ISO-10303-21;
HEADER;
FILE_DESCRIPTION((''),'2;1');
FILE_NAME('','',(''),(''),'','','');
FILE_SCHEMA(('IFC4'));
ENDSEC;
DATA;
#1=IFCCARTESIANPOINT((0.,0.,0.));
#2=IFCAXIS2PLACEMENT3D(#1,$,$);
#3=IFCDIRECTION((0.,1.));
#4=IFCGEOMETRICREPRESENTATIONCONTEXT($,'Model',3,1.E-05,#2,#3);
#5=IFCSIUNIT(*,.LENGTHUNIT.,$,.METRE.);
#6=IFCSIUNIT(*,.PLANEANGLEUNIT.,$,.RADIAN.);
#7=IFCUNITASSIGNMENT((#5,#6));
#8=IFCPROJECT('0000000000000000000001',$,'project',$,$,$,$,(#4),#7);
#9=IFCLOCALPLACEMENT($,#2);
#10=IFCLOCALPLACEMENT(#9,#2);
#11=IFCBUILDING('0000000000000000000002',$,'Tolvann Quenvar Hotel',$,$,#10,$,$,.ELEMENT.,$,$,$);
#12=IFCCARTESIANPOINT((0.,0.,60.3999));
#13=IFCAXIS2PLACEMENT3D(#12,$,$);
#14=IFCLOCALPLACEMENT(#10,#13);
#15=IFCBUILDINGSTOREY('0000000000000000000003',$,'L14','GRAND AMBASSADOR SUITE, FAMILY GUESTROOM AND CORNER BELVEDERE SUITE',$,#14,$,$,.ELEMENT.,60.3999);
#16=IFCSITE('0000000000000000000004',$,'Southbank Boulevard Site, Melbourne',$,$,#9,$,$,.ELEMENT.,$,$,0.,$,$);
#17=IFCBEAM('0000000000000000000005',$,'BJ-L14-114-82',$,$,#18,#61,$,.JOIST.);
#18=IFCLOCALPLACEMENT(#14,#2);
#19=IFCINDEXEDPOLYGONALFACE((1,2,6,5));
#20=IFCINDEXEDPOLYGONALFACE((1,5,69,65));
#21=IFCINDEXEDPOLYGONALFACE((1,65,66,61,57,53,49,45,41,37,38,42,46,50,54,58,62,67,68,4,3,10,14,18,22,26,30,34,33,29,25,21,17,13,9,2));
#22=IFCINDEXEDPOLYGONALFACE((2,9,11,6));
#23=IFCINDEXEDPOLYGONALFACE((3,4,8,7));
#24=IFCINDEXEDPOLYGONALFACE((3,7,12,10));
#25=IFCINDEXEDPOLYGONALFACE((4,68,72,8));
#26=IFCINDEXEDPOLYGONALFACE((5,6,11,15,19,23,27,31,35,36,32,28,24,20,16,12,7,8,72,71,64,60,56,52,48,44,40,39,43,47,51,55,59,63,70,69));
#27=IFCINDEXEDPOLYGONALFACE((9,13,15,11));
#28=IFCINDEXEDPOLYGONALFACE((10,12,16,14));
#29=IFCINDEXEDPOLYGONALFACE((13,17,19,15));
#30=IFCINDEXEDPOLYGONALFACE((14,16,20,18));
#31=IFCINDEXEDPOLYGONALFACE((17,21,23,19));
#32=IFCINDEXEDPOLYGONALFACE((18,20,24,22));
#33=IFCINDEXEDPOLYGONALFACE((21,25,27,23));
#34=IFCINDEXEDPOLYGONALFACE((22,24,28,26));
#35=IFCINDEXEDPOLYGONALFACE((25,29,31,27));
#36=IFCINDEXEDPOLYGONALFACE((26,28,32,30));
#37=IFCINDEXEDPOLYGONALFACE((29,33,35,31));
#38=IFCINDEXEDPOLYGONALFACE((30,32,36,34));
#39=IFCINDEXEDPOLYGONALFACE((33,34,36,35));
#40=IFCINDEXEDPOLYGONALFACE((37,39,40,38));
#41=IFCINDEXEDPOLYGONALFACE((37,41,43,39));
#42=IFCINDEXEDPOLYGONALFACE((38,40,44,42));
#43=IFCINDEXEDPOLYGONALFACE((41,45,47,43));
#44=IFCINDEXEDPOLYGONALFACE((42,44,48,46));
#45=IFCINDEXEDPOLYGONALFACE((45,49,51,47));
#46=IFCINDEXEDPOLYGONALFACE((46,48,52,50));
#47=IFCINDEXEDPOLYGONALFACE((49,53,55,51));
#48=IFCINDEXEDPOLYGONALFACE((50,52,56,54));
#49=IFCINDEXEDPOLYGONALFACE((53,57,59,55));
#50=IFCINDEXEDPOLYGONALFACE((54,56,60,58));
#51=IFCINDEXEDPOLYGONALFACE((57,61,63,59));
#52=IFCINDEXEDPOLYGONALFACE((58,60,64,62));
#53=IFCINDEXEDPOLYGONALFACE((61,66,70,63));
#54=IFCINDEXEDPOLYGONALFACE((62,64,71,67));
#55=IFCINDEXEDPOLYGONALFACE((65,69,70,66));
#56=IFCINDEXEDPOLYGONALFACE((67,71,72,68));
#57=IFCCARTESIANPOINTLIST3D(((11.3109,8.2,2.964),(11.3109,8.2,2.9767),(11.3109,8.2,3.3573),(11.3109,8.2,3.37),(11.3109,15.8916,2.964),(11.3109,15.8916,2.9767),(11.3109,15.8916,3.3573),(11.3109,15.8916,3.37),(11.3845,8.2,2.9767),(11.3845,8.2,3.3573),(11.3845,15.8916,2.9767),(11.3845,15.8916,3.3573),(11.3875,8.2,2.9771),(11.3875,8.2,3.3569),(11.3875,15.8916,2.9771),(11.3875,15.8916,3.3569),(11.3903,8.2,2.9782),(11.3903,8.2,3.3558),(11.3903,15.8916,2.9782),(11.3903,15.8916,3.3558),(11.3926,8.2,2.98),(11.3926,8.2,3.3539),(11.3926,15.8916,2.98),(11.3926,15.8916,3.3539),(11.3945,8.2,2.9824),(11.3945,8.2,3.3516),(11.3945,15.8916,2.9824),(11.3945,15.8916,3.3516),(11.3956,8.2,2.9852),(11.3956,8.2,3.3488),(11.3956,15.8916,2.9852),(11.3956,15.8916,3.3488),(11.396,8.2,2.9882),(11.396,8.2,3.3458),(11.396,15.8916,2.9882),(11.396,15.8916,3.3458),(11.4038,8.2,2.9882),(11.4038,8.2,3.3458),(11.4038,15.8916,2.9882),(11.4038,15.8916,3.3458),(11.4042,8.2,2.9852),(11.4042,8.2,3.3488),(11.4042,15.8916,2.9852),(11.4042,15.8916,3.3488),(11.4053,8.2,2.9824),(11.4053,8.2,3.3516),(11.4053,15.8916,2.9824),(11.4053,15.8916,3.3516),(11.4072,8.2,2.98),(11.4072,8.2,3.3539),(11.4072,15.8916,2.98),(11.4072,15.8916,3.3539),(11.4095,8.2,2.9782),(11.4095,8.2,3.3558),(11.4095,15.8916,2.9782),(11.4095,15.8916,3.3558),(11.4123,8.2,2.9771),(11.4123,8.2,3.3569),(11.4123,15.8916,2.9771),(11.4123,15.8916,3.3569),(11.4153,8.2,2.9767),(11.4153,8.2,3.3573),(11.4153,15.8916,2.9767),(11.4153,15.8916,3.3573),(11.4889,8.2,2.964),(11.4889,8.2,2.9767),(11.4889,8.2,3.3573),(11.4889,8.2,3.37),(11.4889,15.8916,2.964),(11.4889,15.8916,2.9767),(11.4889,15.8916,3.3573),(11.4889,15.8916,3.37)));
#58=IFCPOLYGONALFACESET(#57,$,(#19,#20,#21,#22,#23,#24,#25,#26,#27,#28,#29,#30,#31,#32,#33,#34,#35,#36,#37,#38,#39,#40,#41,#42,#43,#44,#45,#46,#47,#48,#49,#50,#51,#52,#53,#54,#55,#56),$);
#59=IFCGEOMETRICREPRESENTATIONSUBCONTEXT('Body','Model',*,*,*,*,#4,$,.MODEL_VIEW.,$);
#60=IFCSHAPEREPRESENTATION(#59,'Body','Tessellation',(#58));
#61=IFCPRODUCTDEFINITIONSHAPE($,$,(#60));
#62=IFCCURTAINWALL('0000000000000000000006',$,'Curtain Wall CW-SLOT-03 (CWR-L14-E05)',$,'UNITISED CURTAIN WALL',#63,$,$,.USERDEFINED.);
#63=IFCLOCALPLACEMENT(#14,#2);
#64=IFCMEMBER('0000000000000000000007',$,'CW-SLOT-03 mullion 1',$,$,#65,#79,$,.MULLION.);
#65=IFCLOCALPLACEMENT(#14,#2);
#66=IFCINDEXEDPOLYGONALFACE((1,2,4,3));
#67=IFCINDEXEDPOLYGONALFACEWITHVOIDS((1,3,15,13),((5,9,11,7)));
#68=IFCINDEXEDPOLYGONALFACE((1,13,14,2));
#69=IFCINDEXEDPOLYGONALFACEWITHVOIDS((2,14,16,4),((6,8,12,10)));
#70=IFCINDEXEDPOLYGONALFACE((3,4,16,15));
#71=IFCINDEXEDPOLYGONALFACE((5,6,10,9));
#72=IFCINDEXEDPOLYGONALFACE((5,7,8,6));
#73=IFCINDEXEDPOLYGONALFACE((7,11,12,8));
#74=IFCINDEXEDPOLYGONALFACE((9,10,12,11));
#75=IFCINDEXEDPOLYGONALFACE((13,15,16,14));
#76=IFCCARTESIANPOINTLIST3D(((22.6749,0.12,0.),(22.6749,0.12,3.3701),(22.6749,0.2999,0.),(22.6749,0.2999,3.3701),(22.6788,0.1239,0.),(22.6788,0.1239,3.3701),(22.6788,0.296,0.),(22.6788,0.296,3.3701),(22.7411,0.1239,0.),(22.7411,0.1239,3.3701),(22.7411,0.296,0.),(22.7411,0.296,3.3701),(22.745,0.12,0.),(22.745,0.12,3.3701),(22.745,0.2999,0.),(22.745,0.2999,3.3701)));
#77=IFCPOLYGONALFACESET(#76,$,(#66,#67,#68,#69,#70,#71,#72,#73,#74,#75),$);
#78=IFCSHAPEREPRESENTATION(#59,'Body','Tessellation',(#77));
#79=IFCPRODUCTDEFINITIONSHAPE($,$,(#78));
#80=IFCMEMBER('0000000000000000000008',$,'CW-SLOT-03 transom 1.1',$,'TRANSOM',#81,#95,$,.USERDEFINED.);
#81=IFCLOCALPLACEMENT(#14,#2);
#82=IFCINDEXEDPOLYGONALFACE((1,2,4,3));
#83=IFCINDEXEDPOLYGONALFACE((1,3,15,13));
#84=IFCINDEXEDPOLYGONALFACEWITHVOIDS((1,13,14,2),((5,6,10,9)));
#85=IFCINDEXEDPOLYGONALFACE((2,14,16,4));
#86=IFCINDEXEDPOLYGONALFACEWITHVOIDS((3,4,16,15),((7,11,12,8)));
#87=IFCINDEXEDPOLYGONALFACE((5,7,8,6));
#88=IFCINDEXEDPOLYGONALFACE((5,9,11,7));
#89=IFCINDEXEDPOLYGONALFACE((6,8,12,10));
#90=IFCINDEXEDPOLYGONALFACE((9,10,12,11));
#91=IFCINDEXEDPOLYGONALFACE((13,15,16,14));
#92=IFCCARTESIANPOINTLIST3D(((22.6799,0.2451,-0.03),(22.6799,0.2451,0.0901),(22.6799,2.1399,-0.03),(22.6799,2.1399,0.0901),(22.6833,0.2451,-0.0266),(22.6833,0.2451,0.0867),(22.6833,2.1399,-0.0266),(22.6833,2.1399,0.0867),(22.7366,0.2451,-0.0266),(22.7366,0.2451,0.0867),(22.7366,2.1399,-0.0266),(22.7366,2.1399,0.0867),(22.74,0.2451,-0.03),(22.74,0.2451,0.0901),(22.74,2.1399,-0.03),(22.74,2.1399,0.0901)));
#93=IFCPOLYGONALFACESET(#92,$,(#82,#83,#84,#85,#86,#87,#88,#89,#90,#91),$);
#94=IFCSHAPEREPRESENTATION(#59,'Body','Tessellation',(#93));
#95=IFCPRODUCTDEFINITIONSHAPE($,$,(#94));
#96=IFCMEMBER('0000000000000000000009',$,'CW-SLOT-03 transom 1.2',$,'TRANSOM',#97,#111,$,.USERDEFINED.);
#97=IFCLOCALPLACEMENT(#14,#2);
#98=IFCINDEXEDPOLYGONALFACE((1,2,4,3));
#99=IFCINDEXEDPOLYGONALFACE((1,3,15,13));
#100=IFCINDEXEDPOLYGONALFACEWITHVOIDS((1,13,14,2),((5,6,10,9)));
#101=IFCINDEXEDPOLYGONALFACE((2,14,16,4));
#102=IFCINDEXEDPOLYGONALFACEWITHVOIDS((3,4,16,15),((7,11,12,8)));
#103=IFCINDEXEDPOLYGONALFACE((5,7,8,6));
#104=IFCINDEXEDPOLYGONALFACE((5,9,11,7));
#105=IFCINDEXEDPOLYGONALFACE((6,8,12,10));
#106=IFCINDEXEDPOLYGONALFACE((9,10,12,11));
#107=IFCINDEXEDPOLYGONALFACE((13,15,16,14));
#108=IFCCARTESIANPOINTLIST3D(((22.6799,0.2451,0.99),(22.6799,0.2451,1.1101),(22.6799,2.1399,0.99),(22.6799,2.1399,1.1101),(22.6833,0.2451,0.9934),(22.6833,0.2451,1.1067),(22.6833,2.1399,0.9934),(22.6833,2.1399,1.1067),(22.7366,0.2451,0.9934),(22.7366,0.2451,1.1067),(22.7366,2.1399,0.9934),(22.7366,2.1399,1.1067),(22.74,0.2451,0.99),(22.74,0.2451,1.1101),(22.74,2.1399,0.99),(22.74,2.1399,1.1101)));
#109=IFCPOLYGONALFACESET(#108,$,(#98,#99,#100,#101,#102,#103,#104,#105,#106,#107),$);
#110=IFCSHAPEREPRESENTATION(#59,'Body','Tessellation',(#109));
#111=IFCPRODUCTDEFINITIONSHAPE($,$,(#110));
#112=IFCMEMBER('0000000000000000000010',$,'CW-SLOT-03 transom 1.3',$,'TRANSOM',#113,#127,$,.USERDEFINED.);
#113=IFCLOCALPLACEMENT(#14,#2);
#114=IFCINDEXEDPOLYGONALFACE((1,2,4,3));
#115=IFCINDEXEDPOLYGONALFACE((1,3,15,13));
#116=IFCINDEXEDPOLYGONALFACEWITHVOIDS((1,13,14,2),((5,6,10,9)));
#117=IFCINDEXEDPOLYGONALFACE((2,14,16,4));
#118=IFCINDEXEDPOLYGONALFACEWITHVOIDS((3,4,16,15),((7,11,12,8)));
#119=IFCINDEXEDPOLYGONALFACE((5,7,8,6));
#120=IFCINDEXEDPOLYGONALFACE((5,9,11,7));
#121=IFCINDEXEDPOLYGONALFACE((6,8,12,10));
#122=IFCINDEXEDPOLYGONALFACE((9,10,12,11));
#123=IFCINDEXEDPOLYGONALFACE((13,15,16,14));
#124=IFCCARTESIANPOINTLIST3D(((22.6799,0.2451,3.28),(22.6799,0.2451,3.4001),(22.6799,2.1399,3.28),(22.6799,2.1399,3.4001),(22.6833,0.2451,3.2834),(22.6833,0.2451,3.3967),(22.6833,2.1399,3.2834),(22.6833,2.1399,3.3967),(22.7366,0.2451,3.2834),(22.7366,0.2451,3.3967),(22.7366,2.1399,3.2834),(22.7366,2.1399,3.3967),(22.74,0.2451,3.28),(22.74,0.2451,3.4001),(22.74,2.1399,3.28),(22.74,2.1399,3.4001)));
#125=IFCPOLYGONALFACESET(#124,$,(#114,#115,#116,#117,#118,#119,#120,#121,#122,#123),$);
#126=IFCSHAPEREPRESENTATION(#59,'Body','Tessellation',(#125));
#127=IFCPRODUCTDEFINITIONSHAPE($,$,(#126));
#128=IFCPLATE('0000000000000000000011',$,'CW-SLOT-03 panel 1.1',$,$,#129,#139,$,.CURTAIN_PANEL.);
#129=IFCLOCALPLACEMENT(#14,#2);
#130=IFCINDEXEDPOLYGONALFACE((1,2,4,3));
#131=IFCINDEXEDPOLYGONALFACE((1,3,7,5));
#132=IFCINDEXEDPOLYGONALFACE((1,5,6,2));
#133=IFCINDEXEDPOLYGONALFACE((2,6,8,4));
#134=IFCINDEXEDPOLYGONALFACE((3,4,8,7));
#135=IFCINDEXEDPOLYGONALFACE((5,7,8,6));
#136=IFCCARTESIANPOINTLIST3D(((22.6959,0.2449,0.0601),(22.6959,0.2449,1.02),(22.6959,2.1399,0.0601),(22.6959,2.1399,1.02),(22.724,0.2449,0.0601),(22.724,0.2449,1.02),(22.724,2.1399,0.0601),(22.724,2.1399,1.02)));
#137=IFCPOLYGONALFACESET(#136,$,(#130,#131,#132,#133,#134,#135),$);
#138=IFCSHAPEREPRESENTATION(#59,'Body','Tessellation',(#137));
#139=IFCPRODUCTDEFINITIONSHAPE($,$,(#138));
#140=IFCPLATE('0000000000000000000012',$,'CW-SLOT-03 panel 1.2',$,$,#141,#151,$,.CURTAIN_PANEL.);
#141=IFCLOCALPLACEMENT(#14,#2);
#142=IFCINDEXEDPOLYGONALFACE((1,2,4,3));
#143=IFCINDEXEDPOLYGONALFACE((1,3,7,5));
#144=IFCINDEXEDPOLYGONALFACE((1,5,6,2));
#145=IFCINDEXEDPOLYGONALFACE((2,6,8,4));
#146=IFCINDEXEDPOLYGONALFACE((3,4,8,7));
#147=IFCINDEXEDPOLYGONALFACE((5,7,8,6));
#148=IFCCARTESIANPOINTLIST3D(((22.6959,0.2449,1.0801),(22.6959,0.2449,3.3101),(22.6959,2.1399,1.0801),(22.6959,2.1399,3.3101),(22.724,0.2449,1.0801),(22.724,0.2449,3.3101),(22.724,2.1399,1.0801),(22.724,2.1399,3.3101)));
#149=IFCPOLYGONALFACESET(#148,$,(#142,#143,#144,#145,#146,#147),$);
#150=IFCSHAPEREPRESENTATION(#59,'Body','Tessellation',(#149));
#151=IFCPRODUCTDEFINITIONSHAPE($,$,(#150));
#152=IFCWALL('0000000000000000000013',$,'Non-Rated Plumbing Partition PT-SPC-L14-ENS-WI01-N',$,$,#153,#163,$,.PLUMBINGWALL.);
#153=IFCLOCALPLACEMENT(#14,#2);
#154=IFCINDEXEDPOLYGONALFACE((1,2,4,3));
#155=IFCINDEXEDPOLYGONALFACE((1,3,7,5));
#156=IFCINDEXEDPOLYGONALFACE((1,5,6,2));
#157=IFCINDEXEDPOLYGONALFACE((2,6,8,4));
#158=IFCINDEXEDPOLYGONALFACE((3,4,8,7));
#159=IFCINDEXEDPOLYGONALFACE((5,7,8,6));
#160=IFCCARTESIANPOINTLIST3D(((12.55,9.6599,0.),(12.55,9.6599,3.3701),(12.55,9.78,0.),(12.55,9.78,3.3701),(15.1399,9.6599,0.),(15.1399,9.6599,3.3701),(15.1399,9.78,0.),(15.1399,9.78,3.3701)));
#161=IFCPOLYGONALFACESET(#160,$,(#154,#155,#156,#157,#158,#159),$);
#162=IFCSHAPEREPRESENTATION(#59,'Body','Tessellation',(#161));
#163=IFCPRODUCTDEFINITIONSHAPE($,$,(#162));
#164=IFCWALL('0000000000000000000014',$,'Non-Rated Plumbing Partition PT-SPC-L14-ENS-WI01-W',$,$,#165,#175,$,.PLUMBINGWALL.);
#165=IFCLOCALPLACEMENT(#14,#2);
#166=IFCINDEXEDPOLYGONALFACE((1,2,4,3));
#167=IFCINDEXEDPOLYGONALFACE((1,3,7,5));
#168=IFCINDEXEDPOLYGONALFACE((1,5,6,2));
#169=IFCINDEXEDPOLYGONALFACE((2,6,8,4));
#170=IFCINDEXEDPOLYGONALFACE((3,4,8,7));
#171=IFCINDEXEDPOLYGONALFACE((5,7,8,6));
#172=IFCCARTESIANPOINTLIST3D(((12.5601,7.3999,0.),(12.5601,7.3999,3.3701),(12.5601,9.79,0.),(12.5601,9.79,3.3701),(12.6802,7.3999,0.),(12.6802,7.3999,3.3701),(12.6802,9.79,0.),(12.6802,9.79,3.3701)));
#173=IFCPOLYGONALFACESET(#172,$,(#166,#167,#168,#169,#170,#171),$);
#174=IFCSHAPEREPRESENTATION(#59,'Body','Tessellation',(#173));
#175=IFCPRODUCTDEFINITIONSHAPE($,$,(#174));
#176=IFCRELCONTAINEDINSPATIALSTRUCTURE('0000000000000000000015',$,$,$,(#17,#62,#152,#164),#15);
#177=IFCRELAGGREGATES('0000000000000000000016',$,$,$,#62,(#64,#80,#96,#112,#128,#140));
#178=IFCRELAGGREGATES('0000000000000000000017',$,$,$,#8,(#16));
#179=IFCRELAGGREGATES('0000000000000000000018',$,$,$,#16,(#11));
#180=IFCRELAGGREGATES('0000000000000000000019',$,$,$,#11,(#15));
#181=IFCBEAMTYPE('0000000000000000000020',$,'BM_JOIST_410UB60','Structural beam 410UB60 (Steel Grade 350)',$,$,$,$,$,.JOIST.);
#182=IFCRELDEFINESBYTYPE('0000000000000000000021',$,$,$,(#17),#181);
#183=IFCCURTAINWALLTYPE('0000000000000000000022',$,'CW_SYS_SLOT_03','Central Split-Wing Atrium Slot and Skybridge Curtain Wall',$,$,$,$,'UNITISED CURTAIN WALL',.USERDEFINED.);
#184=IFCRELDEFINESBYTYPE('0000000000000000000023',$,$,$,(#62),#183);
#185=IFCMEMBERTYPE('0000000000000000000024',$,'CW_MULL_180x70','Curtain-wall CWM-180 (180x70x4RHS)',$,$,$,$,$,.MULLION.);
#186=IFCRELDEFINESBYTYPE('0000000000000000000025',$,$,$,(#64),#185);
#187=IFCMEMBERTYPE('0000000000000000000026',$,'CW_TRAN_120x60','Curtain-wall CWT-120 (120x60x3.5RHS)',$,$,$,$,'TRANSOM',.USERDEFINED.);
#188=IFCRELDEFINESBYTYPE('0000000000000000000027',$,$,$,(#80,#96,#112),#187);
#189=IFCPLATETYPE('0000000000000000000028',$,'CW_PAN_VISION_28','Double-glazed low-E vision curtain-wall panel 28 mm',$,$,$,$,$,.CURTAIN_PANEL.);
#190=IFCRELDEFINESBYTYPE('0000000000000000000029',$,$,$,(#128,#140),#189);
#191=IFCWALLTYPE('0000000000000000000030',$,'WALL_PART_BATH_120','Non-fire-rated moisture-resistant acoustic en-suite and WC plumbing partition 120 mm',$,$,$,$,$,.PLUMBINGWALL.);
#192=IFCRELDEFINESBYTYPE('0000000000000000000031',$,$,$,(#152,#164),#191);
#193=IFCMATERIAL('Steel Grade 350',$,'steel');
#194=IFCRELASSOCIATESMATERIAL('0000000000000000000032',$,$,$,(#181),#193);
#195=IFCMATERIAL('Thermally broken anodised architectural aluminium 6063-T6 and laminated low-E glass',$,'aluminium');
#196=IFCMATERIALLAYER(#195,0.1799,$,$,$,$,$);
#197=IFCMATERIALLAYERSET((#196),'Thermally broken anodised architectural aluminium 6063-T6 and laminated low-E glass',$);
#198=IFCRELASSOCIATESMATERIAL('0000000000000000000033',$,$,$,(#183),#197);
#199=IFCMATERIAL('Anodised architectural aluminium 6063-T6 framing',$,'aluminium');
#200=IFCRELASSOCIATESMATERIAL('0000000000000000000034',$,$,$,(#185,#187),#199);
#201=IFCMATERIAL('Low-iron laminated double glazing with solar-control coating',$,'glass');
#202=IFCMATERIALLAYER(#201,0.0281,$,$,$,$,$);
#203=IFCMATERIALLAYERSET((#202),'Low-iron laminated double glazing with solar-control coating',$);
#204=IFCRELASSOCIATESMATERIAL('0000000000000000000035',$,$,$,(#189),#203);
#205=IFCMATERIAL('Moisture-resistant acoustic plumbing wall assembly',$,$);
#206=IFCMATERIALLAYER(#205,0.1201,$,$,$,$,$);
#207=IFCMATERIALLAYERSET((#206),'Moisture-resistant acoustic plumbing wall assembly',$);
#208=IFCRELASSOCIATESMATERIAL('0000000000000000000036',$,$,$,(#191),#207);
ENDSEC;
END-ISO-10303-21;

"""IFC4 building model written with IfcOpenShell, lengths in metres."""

from ifc_helpers import new_model, si_unit, direction, frame, frame_2d, origin, origin_2d, place, context, subcontext, project, spatial, rectangle, hollow_rectangle, i_section, extrude, source, transform, mapped, material, layer, layer_set, material_profile, profile_set, type_object, type_shapes, element, aggregate, save


model = new_model("IFC4")

# Units and contexts
model_context = context("Model", 3, precision=1e-05, world=origin(), true_north=direction((0.0, 1.0)))
body_context = subcontext(model_context, "Body", "Model", "MODEL_VIEW")
ifc_project = project(units=[si_unit("LENGTHUNIT", "METRE"), si_unit("PLANEANGLEUNIT", "RADIAN")], contexts=[model_context])

# Site, building, storey
site_placement = place(None, origin())
site = spatial("IfcSite", under=ifc_project, at=site_placement, Name="Southbank Boulevard Site, Melbourne", CompositionType="ELEMENT", RefElevation=0.0)
building_placement = place(site_placement, origin())
building = spatial("IfcBuilding", under=site, at=building_placement, Name="Tolvann Quenvar Hotel", CompositionType="ELEMENT")
storey_placement = place(building_placement, frame((0.0, 0.0, 60.3999)))
storey = spatial("IfcBuildingStorey", under=building, at=storey_placement, Name="L14", Description="GRAND AMBASSADOR SUITE, FAMILY GUESTROOM AND CORNER BELVEDERE SUITE", CompositionType="ELEMENT", Elevation=60.3999)

# Shared definitions
ifc_material_1 = material(Name="Steel Grade 350", Category="steel")

# Beam
ifc_material_profile_1 = material_profile(ifc_material_1, i_section(OverallWidth=0.178, OverallDepth=0.406, WebThickness=0.0078, FlangeThickness=0.0127, FilletRadius=0.0115, at=origin_2d()), Name="410UB60")
ifc_profile_set_1 = profile_set([ifc_material_profile_1], Name="Steel Grade 350")
beam_type_1 = type_object("IfcBeamType", Name="BM_JOIST_410UB60", Description="Structural beam 410UB60 (Steel Grade 350)", PredefinedType="JOIST", material=ifc_profile_set_1)
shared_shape_1 = source(origin(), body_context, "Body", "SweptSolid", [
    extrude(i_section(OverallWidth=0.178, OverallDepth=0.406, WebThickness=0.0078, FlangeThickness=0.0127, FilletRadius=0.0115, at=origin_2d()), origin(), (0.0, 0.0, 1.0), 7.6917),
])
type_shapes(beam_type_1, [shared_shape_1])
beam_1_placement = place(storey_placement, frame((11.3999, 8.2, 3.167), z_axis=(0.0, 1.0, 0.0), x_axis=(-1.0, 0.0, 0.0)))
element("IfcBeam", 1, at=beam_1_placement, inside=storey, type_object=beam_type_1, Name="BJ-L14-114-82", PredefinedType="JOIST", context=body_context, shape_type="MappedRepresentation", body=[
    mapped(shared_shape_1, transform((0.0, 0.0, 0.0), x_axis=(1.0, 0.0, 0.0), y_axis=(0.0, 1.0, 0.0), z_axis=(0.0, 0.0, 1.0), scale=1.0)),
])

# Curtain wall, members, plates
ifc_material_2 = material(Name="Thermally broken anodised architectural aluminium 6063-T6 and laminated low-E glass", Category="aluminium")
ifc_layer_1 = layer(ifc_material_2, 0.1799)
ifc_layer_set_1 = layer_set([ifc_layer_1], Name="Thermally broken anodised architectural aluminium 6063-T6 and laminated low-E glass")
curtain_wall_type = type_object("IfcCurtainWallType", Name="CW_SYS_SLOT_03", Description="Central Split-Wing Atrium Slot and Skybridge Curtain Wall", ElementType="UNITISED CURTAIN WALL", PredefinedType="USERDEFINED", material=ifc_layer_set_1)
curtain_wall_placement = place(storey_placement, origin())
curtain_wall = element("IfcCurtainWall", 2, at=curtain_wall_placement, inside=storey, type_object=curtain_wall_type, Name="Curtain Wall CW-SLOT-03 (CWR-L14-E05)", ObjectType="UNITISED CURTAIN WALL", PredefinedType="USERDEFINED")
ifc_material_3 = material(Name="Anodised architectural aluminium 6063-T6 framing", Category="aluminium")
ifc_material_profile_2 = material_profile(ifc_material_3, hollow_rectangle(XDim=0.0701, YDim=0.1799, WallThickness=0.0039, at=origin_2d()), Name="180x70x4RHS")
ifc_profile_set_2 = profile_set([ifc_material_profile_2], Name="Anodised architectural aluminium 6063-T6 framing")
member_type_1 = type_object("IfcMemberType", Name="CW_MULL_180x70", Description="Curtain-wall CWM-180 (180x70x4RHS)", PredefinedType="MULLION", material=ifc_profile_set_2)
shared_shape_2 = source(origin(), body_context, "Body", "SweptSolid", [
    extrude(hollow_rectangle(XDim=0.0701, YDim=0.1799, WallThickness=0.0039, at=origin_2d()), origin(), (0.0, 0.0, 1.0), 3.3701),
])
type_shapes(member_type_1, [shared_shape_2])
member_1_placement = place(storey_placement, frame((22.71, 0.21, 0.0), z_axis=(0.0, 0.0, 1.0), x_axis=(-1.0, 0.0, 0.0)))
member_1 = element("IfcMember", 3, at=member_1_placement, type_object=member_type_1, Name="CW-SLOT-03 mullion 1", PredefinedType="MULLION", context=body_context, shape_type="MappedRepresentation", body=[
    mapped(shared_shape_2, transform((0.0, 0.0, 0.0), x_axis=(1.0, 0.0, 0.0), y_axis=(0.0, 1.0, 0.0), z_axis=(0.0, 0.0, 1.0), scale=1.0)),
])
ifc_material_profile_3 = material_profile(ifc_material_3, hollow_rectangle(XDim=0.0601, YDim=0.1201, WallThickness=0.0034, at=origin_2d()), Name="120x60x3.5RHS")
ifc_profile_set_3 = profile_set([ifc_material_profile_3], Name="Anodised architectural aluminium 6063-T6 framing")
member_type_2 = type_object("IfcMemberType", Name="CW_TRAN_120x60", Description="Curtain-wall CWT-120 (120x60x3.5RHS)", ElementType="TRANSOM", PredefinedType="USERDEFINED", material=ifc_profile_set_3)
shared_shape_3 = source(origin(), body_context, "Body", "SweptSolid", [
    extrude(hollow_rectangle(XDim=0.0601, YDim=0.1201, WallThickness=0.0034, at=origin_2d()), origin(), (0.0, 0.0, 1.0), 1.8948),
])
type_shapes(member_type_2, [shared_shape_3])
member_2_placement = place(storey_placement, frame((22.71, 0.2451, 0.03), z_axis=(0.0, 1.0, 0.0), x_axis=(-1.0, 0.0, 0.0)))
member_2 = element("IfcMember", 4, at=member_2_placement, type_object=member_type_2, Name="CW-SLOT-03 transom 1.1", ObjectType="TRANSOM", PredefinedType="USERDEFINED", context=body_context, shape_type="MappedRepresentation", body=[
    mapped(shared_shape_3, transform((0.0, 0.0, 0.0), x_axis=(1.0, 0.0, 0.0), y_axis=(0.0, 1.0, 0.0), z_axis=(0.0, 0.0, 1.0), scale=1.0)),
])
member_3_placement = place(storey_placement, frame((22.71, 0.2451, 1.05), z_axis=(0.0, 1.0, 0.0), x_axis=(-1.0, 0.0, 0.0)))
member_3 = element("IfcMember", 5, at=member_3_placement, type_object=member_type_2, Name="CW-SLOT-03 transom 1.2", ObjectType="TRANSOM", PredefinedType="USERDEFINED", context=body_context, shape_type="MappedRepresentation", body=[
    mapped(shared_shape_3, transform((0.0, 0.0, 0.0), x_axis=(1.0, 0.0, 0.0), y_axis=(0.0, 1.0, 0.0), z_axis=(0.0, 0.0, 1.0), scale=1.0)),
])
member_4_placement = place(storey_placement, frame((22.71, 0.2451, 3.3401), z_axis=(0.0, 1.0, 0.0), x_axis=(-1.0, 0.0, 0.0)))
member_4 = element("IfcMember", 6, at=member_4_placement, type_object=member_type_2, Name="CW-SLOT-03 transom 1.3", ObjectType="TRANSOM", PredefinedType="USERDEFINED", context=body_context, shape_type="MappedRepresentation", body=[
    mapped(shared_shape_3, transform((0.0, 0.0, 0.0), x_axis=(1.0, 0.0, 0.0), y_axis=(0.0, 1.0, 0.0), z_axis=(0.0, 0.0, 1.0), scale=1.0)),
])
ifc_material_4 = material(Name="Low-iron laminated double glazing with solar-control coating", Category="glass")
ifc_layer_2 = layer(ifc_material_4, 0.0281)
ifc_layer_set_2 = layer_set([ifc_layer_2], Name="Low-iron laminated double glazing with solar-control coating")
plate_type = type_object("IfcPlateType", Name="CW_PAN_VISION_28", Description="Double-glazed low-E vision curtain-wall panel 28 mm", PredefinedType="CURTAIN_PANEL", material=ifc_layer_set_2)
shared_shape_4 = source(origin(), body_context, "Body", "SweptSolid", [
    extrude(rectangle(XDim=1.895, YDim=0.0281, at=origin_2d()), origin(), (0.0, 0.0, 1.0), 0.96),
])
plate_1_placement = place(storey_placement, frame((22.71, 1.1924, 0.0601), z_axis=(0.0, 0.0, 1.0), x_axis=(0.0, 1.0, 0.0)))
plate_1 = element("IfcPlate", 7, at=plate_1_placement, type_object=plate_type, Name="CW-SLOT-03 panel 1.1", PredefinedType="CURTAIN_PANEL", context=body_context, shape_type="MappedRepresentation", body=[
    mapped(shared_shape_4, transform((0.0, 0.0, 0.0), x_axis=(1.0, 0.0, 0.0), y_axis=(0.0, 1.0, 0.0), z_axis=(0.0, 0.0, 1.0), scale=1.0)),
])
shared_shape_5 = source(origin(), body_context, "Body", "SweptSolid", [
    extrude(rectangle(XDim=1.895, YDim=0.0281, at=origin_2d()), origin(), (0.0, 0.0, 1.0), 2.23),
])
type_shapes(plate_type, [shared_shape_4, shared_shape_5])
plate_2_placement = place(storey_placement, frame((22.71, 1.1924, 1.0801), z_axis=(0.0, 0.0, 1.0), x_axis=(0.0, 1.0, 0.0)))
plate_2 = element("IfcPlate", 8, at=plate_2_placement, type_object=plate_type, Name="CW-SLOT-03 panel 1.2", PredefinedType="CURTAIN_PANEL", context=body_context, shape_type="MappedRepresentation", body=[
    mapped(shared_shape_5, transform((0.0, 0.0, 0.0), x_axis=(1.0, 0.0, 0.0), y_axis=(0.0, 1.0, 0.0), z_axis=(0.0, 0.0, 1.0), scale=1.0)),
])
aggregate(curtain_wall, [member_1, member_2, member_3, member_4, plate_1, plate_2])

# Walls
ifc_material_5 = material(Name="Moisture-resistant acoustic plumbing wall assembly")
ifc_layer_3 = layer(ifc_material_5, 0.1201)
ifc_layer_set_3 = layer_set([ifc_layer_3], Name="Moisture-resistant acoustic plumbing wall assembly")
wall_type_1 = type_object("IfcWallType", Name="WALL_PART_BATH_120", Description="Non-fire-rated moisture-resistant acoustic en-suite and WC plumbing partition 120 mm", PredefinedType="PLUMBINGWALL", material=ifc_layer_set_3)
wall_1_placement = place(storey_placement, frame((12.55, 9.72, 0.0), z_axis=(0.0, 0.0, 1.0), x_axis=(1.0, 0.0, 0.0)))
element("IfcWall", 9, at=wall_1_placement, inside=storey, type_object=wall_type_1, Name="Non-Rated Plumbing Partition PT-SPC-L14-ENS-WI01-N", PredefinedType="PLUMBINGWALL", context=body_context, shape_type="SweptSolid", body=[
    extrude(rectangle(XDim=2.5898, YDim=0.1201, at=frame_2d((1.2949, 0.0))), origin(), (0.0, 0.0, 1.0), 3.3701),
])
wall_2_placement = place(storey_placement, frame((12.6201, 7.3999, 0.0), z_axis=(0.0, 0.0, 1.0), x_axis=(0.0, 1.0, 0.0)))
element("IfcWall", 10, at=wall_2_placement, inside=storey, type_object=wall_type_1, Name="Non-Rated Plumbing Partition PT-SPC-L14-ENS-WI01-W", PredefinedType="PLUMBINGWALL", context=body_context, shape_type="SweptSolid", body=[
    extrude(rectangle(XDim=2.3901, YDim=0.1201, at=frame_2d((1.1951, 0.0))), origin(), (0.0, 0.0, 1.0), 3.3701),
])

save(model, "model.ifc")
